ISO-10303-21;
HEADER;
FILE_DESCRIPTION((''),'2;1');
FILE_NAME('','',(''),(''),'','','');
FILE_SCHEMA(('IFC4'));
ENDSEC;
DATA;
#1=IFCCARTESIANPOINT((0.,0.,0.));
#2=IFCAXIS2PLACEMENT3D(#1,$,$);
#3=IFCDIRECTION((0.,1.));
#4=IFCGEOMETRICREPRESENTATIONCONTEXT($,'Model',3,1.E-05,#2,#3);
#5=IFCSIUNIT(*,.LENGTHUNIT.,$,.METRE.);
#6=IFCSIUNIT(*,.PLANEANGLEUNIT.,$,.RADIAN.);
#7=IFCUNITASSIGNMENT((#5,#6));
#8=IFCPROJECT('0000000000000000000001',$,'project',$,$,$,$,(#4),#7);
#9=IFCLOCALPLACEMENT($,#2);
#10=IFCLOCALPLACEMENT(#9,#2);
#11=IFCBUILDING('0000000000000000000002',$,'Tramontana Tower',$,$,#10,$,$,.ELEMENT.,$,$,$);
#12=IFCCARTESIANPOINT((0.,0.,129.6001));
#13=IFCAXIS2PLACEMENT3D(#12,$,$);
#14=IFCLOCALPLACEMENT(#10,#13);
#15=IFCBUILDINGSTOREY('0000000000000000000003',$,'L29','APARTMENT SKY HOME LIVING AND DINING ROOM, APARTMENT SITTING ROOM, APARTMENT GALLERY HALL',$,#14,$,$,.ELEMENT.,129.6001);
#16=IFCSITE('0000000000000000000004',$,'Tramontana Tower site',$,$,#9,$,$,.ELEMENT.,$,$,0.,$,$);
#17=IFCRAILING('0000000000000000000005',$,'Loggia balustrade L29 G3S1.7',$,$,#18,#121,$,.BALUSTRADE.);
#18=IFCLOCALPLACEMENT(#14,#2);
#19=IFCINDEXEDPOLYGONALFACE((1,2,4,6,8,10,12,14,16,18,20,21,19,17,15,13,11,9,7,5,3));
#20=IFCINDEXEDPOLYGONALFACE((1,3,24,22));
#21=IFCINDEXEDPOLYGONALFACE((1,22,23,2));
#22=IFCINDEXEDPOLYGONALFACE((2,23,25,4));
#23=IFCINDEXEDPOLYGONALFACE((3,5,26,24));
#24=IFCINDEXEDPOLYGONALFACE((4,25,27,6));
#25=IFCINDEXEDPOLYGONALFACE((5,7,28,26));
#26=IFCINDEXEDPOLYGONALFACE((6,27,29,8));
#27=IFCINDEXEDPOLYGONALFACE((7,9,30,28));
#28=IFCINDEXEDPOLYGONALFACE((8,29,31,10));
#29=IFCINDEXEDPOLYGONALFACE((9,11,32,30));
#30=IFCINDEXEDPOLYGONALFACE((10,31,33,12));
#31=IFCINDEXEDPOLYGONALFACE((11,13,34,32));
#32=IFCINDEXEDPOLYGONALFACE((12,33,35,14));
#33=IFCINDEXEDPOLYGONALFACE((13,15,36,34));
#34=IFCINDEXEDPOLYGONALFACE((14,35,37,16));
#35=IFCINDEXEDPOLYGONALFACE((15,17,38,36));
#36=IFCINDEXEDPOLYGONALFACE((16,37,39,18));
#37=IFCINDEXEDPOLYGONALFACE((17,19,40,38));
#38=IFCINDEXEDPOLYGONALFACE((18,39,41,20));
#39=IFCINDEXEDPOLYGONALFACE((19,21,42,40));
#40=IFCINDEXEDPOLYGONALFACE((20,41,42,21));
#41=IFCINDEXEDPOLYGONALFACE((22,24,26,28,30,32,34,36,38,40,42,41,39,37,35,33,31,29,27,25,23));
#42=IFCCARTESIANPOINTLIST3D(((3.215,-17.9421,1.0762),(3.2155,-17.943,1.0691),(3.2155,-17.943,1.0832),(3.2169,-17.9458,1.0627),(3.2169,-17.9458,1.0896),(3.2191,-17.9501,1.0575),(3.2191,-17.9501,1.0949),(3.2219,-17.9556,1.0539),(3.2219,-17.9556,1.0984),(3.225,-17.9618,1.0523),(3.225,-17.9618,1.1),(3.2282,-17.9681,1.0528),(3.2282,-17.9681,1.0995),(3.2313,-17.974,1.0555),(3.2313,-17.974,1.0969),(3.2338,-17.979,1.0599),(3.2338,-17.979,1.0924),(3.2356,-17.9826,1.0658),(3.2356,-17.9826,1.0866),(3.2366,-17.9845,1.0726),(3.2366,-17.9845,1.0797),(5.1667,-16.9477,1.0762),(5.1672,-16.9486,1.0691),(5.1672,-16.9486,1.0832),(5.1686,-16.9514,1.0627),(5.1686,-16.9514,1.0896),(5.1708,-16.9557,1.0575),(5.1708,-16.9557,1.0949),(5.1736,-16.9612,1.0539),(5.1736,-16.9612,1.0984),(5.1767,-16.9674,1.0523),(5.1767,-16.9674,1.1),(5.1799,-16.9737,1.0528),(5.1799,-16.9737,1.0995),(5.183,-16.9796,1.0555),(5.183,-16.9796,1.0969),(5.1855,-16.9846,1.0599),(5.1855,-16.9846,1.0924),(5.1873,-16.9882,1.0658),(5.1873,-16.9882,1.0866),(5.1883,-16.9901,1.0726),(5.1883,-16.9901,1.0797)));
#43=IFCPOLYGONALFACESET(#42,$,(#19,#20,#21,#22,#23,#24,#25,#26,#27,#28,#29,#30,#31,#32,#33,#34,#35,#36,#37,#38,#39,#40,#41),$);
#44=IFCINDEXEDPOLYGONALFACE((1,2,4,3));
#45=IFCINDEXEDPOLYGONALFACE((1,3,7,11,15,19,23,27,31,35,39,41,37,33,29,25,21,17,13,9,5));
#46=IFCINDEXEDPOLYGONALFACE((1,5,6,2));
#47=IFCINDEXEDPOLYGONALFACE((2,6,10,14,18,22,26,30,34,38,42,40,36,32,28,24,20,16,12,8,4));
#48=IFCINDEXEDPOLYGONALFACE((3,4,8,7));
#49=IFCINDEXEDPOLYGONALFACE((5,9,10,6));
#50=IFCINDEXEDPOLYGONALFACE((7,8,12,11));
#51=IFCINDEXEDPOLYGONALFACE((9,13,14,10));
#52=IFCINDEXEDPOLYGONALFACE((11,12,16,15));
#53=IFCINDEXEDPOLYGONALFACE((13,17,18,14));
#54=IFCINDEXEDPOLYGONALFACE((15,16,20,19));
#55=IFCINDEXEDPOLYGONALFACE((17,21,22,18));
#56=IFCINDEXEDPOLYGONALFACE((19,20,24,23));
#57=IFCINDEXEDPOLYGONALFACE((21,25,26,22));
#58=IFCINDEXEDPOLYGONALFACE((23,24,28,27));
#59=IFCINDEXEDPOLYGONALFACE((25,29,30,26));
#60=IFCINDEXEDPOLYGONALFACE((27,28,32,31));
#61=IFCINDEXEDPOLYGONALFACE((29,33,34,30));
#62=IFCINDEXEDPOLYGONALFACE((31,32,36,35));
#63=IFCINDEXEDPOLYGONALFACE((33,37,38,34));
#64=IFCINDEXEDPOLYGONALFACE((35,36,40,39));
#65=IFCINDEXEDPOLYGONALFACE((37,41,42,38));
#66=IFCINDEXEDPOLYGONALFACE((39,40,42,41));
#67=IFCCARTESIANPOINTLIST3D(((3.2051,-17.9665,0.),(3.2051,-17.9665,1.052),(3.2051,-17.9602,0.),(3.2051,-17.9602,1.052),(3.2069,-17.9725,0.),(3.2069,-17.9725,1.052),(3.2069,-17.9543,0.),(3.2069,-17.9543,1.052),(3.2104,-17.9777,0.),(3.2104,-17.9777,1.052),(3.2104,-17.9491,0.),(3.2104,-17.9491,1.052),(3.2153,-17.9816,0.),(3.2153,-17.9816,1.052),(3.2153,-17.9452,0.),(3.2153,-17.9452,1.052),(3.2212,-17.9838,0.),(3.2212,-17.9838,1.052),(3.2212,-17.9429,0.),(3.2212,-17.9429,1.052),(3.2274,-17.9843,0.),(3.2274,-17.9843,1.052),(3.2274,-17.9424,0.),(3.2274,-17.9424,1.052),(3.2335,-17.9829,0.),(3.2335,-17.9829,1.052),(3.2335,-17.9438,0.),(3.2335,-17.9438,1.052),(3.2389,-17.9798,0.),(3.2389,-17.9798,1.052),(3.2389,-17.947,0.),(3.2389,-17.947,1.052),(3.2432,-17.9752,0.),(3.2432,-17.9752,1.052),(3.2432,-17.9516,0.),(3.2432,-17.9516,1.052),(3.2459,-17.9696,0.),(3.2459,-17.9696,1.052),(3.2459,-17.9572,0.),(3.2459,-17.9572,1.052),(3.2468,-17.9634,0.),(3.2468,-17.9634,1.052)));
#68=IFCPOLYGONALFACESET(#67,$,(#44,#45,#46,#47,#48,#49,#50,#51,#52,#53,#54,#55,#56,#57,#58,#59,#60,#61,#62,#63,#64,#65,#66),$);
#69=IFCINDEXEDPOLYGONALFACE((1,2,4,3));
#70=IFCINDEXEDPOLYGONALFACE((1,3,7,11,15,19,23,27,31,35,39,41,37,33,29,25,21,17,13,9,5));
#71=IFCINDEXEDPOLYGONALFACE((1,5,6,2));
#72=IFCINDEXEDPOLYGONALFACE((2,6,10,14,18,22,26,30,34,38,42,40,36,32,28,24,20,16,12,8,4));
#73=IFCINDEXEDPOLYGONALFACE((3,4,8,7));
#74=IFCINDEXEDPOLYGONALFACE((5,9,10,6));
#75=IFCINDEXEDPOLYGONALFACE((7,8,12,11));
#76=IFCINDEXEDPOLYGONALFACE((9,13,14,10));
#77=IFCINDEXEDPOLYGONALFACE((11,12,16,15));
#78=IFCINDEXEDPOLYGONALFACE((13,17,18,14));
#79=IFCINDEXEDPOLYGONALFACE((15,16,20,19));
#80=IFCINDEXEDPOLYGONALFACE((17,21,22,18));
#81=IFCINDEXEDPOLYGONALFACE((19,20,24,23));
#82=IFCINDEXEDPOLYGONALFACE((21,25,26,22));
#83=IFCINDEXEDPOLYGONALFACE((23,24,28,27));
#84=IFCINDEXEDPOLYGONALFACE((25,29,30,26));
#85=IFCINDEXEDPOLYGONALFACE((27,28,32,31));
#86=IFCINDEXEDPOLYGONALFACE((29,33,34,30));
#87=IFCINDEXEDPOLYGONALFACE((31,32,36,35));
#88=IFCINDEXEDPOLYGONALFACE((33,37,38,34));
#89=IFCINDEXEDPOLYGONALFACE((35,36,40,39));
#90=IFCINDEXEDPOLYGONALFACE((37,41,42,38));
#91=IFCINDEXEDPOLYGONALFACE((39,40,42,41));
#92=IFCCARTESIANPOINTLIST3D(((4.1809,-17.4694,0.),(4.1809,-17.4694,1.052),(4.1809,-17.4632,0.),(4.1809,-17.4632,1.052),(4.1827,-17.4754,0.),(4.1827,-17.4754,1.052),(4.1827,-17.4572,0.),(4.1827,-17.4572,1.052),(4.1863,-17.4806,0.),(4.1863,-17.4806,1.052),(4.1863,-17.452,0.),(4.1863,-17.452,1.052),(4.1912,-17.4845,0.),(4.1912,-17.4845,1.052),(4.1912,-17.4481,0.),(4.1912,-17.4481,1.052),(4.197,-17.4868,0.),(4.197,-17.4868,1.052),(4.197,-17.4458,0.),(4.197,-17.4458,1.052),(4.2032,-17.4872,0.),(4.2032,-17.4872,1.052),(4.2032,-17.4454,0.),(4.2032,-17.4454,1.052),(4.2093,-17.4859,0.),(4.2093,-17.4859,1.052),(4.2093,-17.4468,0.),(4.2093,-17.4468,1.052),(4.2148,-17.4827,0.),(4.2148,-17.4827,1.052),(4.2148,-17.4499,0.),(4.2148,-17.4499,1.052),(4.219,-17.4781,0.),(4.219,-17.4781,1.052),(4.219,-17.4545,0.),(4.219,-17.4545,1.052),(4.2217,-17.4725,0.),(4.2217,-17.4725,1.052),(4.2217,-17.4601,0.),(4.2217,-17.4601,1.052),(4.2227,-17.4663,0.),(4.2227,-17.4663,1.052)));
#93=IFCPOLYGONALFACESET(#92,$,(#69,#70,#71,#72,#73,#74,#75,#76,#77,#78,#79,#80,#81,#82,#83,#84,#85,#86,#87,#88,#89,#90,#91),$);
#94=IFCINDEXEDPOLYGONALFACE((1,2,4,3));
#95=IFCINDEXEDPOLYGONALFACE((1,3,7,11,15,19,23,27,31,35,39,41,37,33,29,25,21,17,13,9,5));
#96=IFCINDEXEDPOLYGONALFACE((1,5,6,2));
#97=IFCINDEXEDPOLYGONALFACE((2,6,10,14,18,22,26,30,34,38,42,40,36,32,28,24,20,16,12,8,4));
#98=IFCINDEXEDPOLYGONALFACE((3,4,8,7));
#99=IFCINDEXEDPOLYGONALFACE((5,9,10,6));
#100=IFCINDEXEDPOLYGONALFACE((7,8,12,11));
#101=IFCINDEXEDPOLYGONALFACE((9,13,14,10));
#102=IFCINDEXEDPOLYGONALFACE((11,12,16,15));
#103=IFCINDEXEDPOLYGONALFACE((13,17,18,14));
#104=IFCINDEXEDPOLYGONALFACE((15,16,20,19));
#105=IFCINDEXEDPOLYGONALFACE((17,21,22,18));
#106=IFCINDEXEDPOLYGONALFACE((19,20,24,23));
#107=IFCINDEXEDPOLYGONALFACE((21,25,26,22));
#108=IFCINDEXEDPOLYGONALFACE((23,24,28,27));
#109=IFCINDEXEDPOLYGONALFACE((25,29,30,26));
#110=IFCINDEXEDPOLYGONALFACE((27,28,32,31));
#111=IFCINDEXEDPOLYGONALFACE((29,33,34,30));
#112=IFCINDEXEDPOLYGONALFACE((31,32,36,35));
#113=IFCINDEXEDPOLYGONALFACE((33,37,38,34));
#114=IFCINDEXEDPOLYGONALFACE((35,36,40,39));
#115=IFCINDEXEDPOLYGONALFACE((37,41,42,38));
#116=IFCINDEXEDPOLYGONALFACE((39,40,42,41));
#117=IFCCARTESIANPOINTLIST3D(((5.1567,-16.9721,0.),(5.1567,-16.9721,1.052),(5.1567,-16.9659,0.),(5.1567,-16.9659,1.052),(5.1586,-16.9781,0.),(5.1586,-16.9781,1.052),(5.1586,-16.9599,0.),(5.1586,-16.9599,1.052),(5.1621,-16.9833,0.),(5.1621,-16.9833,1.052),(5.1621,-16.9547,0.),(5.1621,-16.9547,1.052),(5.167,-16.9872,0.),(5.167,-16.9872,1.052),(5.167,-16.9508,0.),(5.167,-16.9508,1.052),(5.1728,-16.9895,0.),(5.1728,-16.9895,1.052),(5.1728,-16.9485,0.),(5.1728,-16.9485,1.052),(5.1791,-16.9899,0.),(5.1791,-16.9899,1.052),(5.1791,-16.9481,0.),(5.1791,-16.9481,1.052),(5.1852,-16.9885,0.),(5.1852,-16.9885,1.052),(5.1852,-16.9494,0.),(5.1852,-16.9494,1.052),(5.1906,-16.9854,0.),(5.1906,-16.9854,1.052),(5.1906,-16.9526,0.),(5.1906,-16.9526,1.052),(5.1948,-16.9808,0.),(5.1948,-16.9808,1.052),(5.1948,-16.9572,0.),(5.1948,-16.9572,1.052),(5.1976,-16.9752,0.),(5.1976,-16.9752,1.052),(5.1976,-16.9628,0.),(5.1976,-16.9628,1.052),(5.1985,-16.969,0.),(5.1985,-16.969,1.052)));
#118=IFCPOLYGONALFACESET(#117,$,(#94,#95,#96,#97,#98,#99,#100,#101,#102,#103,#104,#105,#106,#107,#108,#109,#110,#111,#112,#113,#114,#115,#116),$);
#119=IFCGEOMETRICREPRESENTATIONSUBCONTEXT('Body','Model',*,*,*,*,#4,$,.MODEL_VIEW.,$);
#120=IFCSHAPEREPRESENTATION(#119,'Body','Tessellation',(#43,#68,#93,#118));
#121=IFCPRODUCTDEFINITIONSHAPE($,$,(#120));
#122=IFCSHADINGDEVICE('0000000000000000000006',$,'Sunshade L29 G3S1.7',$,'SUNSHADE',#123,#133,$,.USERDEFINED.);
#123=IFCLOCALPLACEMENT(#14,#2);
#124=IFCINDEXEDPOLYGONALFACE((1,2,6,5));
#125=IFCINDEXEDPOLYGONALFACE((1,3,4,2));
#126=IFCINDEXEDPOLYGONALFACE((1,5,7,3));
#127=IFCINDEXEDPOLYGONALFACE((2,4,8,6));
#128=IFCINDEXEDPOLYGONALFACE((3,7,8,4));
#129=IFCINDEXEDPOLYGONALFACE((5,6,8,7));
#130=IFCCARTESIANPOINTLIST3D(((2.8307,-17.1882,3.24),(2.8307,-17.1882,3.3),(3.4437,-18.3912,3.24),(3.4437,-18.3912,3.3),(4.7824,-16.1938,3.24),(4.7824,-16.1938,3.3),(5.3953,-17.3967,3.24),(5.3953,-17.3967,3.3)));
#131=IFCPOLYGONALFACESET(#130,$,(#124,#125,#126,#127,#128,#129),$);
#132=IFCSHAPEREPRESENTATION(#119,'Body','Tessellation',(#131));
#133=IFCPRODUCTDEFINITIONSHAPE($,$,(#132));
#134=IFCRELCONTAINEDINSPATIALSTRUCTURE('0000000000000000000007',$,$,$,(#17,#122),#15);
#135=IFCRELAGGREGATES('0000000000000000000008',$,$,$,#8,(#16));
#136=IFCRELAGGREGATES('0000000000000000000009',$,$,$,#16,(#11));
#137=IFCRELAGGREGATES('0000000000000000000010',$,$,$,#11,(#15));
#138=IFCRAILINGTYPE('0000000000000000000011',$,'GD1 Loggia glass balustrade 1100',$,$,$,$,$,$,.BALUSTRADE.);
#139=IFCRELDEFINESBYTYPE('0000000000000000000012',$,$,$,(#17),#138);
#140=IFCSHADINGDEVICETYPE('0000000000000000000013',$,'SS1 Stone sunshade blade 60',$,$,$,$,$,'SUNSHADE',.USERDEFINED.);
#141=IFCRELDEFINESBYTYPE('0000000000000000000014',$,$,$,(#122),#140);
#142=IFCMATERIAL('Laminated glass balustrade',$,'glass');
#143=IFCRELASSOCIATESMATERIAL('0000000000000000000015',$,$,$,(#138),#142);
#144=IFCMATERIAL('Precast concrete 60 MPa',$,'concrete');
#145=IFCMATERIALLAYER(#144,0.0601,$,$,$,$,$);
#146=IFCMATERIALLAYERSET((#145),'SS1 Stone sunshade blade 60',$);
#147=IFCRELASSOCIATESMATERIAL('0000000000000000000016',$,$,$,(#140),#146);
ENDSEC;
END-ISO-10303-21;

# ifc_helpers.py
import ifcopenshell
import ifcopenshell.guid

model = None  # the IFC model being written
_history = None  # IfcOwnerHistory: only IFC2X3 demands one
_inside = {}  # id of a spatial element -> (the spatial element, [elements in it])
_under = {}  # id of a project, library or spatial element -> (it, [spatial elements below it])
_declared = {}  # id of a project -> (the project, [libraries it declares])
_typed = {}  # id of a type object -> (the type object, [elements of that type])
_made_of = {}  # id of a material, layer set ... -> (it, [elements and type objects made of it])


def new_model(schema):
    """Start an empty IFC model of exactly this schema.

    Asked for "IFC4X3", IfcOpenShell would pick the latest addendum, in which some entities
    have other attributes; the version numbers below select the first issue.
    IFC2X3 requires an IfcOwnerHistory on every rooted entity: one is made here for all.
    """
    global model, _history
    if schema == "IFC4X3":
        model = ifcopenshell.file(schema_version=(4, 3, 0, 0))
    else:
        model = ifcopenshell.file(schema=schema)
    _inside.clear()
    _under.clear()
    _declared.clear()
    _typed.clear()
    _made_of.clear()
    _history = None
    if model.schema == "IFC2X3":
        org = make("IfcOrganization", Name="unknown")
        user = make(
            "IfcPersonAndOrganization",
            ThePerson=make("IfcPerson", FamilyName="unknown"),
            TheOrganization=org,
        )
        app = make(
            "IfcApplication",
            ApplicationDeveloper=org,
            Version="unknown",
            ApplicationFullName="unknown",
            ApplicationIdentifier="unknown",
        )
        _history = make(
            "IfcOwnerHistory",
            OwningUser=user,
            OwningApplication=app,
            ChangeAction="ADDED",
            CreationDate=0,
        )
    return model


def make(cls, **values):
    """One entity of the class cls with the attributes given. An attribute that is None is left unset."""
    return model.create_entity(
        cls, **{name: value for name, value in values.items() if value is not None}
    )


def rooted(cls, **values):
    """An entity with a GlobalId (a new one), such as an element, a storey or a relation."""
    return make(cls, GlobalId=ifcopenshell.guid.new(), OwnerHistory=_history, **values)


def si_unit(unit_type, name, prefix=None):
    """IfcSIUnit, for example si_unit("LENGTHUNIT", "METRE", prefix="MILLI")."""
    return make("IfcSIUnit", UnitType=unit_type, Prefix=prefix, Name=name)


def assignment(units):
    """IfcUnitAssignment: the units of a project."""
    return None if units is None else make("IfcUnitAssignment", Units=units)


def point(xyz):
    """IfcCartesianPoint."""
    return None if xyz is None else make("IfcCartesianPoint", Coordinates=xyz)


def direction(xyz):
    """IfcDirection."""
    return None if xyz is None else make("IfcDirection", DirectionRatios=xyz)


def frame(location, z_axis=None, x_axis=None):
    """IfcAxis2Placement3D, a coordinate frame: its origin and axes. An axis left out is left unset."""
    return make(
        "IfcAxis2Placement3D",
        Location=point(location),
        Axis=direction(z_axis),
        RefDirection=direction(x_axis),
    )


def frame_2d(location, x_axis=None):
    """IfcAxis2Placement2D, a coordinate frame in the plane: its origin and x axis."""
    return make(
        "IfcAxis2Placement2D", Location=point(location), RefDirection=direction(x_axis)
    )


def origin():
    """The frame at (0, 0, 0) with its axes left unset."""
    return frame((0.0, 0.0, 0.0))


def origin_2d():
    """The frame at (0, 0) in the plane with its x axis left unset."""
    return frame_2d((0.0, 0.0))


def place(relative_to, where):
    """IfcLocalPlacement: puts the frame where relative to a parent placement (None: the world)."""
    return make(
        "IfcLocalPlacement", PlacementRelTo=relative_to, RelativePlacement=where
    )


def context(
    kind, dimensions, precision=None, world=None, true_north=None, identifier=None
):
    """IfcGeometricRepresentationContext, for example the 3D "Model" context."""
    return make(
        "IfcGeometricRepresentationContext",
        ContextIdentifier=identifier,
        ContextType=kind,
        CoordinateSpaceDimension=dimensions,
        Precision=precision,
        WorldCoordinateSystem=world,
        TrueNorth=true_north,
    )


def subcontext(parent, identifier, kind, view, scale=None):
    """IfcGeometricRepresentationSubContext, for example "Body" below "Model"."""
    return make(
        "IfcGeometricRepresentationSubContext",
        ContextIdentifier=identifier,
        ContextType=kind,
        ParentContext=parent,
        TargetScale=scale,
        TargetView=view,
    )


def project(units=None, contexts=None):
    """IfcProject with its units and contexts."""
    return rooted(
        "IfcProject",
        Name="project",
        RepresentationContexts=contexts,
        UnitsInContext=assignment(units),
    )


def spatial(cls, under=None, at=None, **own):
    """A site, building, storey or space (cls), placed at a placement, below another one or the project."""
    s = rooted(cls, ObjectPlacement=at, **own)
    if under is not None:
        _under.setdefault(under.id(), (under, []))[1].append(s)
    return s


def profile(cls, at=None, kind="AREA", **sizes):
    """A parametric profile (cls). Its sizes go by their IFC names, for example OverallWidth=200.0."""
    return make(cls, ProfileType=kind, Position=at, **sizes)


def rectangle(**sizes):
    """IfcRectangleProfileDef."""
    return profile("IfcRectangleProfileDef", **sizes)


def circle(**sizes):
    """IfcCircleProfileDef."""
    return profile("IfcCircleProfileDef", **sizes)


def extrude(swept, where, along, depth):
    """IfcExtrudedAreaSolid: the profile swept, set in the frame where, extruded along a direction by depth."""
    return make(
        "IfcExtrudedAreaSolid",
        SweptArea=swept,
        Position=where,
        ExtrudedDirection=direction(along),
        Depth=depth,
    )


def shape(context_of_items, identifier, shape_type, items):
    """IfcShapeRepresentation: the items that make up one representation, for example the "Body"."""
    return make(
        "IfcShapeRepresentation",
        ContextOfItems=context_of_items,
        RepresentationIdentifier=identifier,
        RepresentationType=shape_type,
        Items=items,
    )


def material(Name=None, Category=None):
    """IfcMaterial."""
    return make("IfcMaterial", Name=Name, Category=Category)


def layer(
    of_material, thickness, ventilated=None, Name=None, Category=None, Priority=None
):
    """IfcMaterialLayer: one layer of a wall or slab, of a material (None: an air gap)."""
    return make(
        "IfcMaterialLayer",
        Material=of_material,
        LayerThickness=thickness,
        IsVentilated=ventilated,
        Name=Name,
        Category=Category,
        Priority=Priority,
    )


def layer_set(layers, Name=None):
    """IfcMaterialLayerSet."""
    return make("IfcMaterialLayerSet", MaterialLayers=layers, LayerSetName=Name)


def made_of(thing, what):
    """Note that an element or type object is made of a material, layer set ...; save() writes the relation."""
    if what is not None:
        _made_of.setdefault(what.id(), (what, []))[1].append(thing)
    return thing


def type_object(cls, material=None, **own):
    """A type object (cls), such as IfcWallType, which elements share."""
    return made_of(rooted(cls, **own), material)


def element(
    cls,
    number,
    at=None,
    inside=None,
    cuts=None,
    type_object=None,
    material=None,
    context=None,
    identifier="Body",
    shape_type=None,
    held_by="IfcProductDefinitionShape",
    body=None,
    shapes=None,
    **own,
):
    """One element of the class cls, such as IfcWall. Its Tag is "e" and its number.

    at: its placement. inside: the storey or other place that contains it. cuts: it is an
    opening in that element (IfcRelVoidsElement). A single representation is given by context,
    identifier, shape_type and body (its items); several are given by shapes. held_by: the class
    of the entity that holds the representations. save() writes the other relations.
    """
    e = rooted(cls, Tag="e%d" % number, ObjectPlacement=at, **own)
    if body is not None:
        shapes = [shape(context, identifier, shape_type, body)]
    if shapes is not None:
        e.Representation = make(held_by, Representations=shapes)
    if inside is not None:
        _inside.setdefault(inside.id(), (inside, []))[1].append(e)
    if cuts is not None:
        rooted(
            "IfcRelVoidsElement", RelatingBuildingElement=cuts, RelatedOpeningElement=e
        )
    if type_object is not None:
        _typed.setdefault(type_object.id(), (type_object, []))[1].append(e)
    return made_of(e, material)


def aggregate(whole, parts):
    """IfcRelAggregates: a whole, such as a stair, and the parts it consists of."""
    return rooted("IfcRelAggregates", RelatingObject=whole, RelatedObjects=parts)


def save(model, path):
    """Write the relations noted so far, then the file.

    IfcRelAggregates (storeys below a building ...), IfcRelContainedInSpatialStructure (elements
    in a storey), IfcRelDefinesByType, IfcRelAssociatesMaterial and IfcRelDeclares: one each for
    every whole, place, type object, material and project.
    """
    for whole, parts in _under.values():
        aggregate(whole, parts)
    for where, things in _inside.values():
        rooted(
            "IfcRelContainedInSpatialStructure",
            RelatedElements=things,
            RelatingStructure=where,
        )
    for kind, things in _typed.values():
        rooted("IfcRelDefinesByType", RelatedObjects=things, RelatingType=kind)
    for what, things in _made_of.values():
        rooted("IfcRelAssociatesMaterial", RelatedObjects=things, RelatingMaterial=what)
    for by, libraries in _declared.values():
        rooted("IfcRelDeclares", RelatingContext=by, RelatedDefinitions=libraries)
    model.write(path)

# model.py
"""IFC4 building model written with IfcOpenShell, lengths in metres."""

from ifc_helpers import new_model, si_unit, direction, frame, origin, origin_2d, place, context, subcontext, project, spatial, rectangle, circle, extrude, material, layer, layer_set, type_object, element, save


model = new_model("IFC4")

# Units and contexts
model_context = context("Model", 3, precision=1e-05, world=origin(), true_north=direction((0.0, 1.0)))
body_context = subcontext(model_context, "Body", "Model", "MODEL_VIEW")
ifc_project = project(units=[si_unit("LENGTHUNIT", "METRE"), si_unit("PLANEANGLEUNIT", "RADIAN")], contexts=[model_context])

# Site, building, storey
site_placement = place(None, origin())
site = spatial("IfcSite", under=ifc_project, at=site_placement, Name="Tramontana Tower site", CompositionType="ELEMENT", RefElevation=0.0)
building_placement = place(site_placement, origin())
building = spatial("IfcBuilding", under=site, at=building_placement, Name="Tramontana Tower", CompositionType="ELEMENT")
storey_placement = place(building_placement, frame((0.0, 0.0, 129.6001)))
storey = spatial("IfcBuildingStorey", under=building, at=storey_placement, Name="L29", Description="APARTMENT SKY HOME LIVING AND DINING ROOM, APARTMENT SITTING ROOM, APARTMENT GALLERY HALL", CompositionType="ELEMENT", Elevation=129.6001)

# Railing
ifc_material_1 = material(Name="Laminated glass balustrade", Category="glass")
railing_type = type_object("IfcRailingType", Name="GD1 Loggia glass balustrade 1100", PredefinedType="BALUSTRADE", material=ifc_material_1)
railing_placement = place(storey_placement, frame((3.2258, -17.9634, 0.0)))
element("IfcRailing", 1, at=railing_placement, inside=storey, type_object=railing_type, Name="Loggia balustrade L29 G3S1.7", PredefinedType="BALUSTRADE", context=body_context, shape_type="SweptSolid", body=[
    extrude(circle(Radius=0.0239, at=origin_2d()), frame((0.0, 0.0, 1.0762), z_axis=(0.891013, 0.453978, 0.0), x_axis=(-0.453978, 0.891013, 0.0)), (0.0, 0.0, 1.0), 2.1904),
    extrude(circle(Radius=0.021, at=origin_2d()), origin(), (0.0, 0.0, 1.0), 1.052),
    extrude(circle(Radius=0.021, at=origin_2d()), frame((0.9758, 0.4971, 0.0)), (0.0, 0.0, 1.0), 1.052),
    extrude(circle(Radius=0.021, at=origin_2d()), frame((1.9517, 0.9944, 0.0)), (0.0, 0.0, 1.0), 1.052),
])

# Shading device
ifc_material_2 = material(Name="Precast concrete 60 MPa", Category="concrete")
ifc_layer_1 = layer(ifc_material_2, 0.0601)
ifc_layer_set_1 = layer_set([ifc_layer_1], Name="SS1 Stone sunshade blade 60")
shading_device_type = type_object("IfcShadingDeviceType", Name="SS1 Stone sunshade blade 60", ElementType="SUNSHADE", PredefinedType="USERDEFINED", material=ifc_layer_set_1)
shading_device_placement = place(storey_placement, frame((4.113, -17.2925, 3.24), z_axis=(0.0, 0.0, 1.0), x_axis=(0.891007, 0.45399, 0.0)))
element("IfcShadingDevice", 2, at=shading_device_placement, inside=storey, type_object=shading_device_type, Name="Sunshade L29 G3S1.7", ObjectType="SUNSHADE", PredefinedType="USERDEFINED", context=body_context, shape_type="SweptSolid", body=[
    extrude(rectangle(XDim=2.1904, YDim=1.3501, at=origin_2d()), origin(), (0.0, 0.0, 1.0), 0.0601),
])

save(model, "model.ifc")
